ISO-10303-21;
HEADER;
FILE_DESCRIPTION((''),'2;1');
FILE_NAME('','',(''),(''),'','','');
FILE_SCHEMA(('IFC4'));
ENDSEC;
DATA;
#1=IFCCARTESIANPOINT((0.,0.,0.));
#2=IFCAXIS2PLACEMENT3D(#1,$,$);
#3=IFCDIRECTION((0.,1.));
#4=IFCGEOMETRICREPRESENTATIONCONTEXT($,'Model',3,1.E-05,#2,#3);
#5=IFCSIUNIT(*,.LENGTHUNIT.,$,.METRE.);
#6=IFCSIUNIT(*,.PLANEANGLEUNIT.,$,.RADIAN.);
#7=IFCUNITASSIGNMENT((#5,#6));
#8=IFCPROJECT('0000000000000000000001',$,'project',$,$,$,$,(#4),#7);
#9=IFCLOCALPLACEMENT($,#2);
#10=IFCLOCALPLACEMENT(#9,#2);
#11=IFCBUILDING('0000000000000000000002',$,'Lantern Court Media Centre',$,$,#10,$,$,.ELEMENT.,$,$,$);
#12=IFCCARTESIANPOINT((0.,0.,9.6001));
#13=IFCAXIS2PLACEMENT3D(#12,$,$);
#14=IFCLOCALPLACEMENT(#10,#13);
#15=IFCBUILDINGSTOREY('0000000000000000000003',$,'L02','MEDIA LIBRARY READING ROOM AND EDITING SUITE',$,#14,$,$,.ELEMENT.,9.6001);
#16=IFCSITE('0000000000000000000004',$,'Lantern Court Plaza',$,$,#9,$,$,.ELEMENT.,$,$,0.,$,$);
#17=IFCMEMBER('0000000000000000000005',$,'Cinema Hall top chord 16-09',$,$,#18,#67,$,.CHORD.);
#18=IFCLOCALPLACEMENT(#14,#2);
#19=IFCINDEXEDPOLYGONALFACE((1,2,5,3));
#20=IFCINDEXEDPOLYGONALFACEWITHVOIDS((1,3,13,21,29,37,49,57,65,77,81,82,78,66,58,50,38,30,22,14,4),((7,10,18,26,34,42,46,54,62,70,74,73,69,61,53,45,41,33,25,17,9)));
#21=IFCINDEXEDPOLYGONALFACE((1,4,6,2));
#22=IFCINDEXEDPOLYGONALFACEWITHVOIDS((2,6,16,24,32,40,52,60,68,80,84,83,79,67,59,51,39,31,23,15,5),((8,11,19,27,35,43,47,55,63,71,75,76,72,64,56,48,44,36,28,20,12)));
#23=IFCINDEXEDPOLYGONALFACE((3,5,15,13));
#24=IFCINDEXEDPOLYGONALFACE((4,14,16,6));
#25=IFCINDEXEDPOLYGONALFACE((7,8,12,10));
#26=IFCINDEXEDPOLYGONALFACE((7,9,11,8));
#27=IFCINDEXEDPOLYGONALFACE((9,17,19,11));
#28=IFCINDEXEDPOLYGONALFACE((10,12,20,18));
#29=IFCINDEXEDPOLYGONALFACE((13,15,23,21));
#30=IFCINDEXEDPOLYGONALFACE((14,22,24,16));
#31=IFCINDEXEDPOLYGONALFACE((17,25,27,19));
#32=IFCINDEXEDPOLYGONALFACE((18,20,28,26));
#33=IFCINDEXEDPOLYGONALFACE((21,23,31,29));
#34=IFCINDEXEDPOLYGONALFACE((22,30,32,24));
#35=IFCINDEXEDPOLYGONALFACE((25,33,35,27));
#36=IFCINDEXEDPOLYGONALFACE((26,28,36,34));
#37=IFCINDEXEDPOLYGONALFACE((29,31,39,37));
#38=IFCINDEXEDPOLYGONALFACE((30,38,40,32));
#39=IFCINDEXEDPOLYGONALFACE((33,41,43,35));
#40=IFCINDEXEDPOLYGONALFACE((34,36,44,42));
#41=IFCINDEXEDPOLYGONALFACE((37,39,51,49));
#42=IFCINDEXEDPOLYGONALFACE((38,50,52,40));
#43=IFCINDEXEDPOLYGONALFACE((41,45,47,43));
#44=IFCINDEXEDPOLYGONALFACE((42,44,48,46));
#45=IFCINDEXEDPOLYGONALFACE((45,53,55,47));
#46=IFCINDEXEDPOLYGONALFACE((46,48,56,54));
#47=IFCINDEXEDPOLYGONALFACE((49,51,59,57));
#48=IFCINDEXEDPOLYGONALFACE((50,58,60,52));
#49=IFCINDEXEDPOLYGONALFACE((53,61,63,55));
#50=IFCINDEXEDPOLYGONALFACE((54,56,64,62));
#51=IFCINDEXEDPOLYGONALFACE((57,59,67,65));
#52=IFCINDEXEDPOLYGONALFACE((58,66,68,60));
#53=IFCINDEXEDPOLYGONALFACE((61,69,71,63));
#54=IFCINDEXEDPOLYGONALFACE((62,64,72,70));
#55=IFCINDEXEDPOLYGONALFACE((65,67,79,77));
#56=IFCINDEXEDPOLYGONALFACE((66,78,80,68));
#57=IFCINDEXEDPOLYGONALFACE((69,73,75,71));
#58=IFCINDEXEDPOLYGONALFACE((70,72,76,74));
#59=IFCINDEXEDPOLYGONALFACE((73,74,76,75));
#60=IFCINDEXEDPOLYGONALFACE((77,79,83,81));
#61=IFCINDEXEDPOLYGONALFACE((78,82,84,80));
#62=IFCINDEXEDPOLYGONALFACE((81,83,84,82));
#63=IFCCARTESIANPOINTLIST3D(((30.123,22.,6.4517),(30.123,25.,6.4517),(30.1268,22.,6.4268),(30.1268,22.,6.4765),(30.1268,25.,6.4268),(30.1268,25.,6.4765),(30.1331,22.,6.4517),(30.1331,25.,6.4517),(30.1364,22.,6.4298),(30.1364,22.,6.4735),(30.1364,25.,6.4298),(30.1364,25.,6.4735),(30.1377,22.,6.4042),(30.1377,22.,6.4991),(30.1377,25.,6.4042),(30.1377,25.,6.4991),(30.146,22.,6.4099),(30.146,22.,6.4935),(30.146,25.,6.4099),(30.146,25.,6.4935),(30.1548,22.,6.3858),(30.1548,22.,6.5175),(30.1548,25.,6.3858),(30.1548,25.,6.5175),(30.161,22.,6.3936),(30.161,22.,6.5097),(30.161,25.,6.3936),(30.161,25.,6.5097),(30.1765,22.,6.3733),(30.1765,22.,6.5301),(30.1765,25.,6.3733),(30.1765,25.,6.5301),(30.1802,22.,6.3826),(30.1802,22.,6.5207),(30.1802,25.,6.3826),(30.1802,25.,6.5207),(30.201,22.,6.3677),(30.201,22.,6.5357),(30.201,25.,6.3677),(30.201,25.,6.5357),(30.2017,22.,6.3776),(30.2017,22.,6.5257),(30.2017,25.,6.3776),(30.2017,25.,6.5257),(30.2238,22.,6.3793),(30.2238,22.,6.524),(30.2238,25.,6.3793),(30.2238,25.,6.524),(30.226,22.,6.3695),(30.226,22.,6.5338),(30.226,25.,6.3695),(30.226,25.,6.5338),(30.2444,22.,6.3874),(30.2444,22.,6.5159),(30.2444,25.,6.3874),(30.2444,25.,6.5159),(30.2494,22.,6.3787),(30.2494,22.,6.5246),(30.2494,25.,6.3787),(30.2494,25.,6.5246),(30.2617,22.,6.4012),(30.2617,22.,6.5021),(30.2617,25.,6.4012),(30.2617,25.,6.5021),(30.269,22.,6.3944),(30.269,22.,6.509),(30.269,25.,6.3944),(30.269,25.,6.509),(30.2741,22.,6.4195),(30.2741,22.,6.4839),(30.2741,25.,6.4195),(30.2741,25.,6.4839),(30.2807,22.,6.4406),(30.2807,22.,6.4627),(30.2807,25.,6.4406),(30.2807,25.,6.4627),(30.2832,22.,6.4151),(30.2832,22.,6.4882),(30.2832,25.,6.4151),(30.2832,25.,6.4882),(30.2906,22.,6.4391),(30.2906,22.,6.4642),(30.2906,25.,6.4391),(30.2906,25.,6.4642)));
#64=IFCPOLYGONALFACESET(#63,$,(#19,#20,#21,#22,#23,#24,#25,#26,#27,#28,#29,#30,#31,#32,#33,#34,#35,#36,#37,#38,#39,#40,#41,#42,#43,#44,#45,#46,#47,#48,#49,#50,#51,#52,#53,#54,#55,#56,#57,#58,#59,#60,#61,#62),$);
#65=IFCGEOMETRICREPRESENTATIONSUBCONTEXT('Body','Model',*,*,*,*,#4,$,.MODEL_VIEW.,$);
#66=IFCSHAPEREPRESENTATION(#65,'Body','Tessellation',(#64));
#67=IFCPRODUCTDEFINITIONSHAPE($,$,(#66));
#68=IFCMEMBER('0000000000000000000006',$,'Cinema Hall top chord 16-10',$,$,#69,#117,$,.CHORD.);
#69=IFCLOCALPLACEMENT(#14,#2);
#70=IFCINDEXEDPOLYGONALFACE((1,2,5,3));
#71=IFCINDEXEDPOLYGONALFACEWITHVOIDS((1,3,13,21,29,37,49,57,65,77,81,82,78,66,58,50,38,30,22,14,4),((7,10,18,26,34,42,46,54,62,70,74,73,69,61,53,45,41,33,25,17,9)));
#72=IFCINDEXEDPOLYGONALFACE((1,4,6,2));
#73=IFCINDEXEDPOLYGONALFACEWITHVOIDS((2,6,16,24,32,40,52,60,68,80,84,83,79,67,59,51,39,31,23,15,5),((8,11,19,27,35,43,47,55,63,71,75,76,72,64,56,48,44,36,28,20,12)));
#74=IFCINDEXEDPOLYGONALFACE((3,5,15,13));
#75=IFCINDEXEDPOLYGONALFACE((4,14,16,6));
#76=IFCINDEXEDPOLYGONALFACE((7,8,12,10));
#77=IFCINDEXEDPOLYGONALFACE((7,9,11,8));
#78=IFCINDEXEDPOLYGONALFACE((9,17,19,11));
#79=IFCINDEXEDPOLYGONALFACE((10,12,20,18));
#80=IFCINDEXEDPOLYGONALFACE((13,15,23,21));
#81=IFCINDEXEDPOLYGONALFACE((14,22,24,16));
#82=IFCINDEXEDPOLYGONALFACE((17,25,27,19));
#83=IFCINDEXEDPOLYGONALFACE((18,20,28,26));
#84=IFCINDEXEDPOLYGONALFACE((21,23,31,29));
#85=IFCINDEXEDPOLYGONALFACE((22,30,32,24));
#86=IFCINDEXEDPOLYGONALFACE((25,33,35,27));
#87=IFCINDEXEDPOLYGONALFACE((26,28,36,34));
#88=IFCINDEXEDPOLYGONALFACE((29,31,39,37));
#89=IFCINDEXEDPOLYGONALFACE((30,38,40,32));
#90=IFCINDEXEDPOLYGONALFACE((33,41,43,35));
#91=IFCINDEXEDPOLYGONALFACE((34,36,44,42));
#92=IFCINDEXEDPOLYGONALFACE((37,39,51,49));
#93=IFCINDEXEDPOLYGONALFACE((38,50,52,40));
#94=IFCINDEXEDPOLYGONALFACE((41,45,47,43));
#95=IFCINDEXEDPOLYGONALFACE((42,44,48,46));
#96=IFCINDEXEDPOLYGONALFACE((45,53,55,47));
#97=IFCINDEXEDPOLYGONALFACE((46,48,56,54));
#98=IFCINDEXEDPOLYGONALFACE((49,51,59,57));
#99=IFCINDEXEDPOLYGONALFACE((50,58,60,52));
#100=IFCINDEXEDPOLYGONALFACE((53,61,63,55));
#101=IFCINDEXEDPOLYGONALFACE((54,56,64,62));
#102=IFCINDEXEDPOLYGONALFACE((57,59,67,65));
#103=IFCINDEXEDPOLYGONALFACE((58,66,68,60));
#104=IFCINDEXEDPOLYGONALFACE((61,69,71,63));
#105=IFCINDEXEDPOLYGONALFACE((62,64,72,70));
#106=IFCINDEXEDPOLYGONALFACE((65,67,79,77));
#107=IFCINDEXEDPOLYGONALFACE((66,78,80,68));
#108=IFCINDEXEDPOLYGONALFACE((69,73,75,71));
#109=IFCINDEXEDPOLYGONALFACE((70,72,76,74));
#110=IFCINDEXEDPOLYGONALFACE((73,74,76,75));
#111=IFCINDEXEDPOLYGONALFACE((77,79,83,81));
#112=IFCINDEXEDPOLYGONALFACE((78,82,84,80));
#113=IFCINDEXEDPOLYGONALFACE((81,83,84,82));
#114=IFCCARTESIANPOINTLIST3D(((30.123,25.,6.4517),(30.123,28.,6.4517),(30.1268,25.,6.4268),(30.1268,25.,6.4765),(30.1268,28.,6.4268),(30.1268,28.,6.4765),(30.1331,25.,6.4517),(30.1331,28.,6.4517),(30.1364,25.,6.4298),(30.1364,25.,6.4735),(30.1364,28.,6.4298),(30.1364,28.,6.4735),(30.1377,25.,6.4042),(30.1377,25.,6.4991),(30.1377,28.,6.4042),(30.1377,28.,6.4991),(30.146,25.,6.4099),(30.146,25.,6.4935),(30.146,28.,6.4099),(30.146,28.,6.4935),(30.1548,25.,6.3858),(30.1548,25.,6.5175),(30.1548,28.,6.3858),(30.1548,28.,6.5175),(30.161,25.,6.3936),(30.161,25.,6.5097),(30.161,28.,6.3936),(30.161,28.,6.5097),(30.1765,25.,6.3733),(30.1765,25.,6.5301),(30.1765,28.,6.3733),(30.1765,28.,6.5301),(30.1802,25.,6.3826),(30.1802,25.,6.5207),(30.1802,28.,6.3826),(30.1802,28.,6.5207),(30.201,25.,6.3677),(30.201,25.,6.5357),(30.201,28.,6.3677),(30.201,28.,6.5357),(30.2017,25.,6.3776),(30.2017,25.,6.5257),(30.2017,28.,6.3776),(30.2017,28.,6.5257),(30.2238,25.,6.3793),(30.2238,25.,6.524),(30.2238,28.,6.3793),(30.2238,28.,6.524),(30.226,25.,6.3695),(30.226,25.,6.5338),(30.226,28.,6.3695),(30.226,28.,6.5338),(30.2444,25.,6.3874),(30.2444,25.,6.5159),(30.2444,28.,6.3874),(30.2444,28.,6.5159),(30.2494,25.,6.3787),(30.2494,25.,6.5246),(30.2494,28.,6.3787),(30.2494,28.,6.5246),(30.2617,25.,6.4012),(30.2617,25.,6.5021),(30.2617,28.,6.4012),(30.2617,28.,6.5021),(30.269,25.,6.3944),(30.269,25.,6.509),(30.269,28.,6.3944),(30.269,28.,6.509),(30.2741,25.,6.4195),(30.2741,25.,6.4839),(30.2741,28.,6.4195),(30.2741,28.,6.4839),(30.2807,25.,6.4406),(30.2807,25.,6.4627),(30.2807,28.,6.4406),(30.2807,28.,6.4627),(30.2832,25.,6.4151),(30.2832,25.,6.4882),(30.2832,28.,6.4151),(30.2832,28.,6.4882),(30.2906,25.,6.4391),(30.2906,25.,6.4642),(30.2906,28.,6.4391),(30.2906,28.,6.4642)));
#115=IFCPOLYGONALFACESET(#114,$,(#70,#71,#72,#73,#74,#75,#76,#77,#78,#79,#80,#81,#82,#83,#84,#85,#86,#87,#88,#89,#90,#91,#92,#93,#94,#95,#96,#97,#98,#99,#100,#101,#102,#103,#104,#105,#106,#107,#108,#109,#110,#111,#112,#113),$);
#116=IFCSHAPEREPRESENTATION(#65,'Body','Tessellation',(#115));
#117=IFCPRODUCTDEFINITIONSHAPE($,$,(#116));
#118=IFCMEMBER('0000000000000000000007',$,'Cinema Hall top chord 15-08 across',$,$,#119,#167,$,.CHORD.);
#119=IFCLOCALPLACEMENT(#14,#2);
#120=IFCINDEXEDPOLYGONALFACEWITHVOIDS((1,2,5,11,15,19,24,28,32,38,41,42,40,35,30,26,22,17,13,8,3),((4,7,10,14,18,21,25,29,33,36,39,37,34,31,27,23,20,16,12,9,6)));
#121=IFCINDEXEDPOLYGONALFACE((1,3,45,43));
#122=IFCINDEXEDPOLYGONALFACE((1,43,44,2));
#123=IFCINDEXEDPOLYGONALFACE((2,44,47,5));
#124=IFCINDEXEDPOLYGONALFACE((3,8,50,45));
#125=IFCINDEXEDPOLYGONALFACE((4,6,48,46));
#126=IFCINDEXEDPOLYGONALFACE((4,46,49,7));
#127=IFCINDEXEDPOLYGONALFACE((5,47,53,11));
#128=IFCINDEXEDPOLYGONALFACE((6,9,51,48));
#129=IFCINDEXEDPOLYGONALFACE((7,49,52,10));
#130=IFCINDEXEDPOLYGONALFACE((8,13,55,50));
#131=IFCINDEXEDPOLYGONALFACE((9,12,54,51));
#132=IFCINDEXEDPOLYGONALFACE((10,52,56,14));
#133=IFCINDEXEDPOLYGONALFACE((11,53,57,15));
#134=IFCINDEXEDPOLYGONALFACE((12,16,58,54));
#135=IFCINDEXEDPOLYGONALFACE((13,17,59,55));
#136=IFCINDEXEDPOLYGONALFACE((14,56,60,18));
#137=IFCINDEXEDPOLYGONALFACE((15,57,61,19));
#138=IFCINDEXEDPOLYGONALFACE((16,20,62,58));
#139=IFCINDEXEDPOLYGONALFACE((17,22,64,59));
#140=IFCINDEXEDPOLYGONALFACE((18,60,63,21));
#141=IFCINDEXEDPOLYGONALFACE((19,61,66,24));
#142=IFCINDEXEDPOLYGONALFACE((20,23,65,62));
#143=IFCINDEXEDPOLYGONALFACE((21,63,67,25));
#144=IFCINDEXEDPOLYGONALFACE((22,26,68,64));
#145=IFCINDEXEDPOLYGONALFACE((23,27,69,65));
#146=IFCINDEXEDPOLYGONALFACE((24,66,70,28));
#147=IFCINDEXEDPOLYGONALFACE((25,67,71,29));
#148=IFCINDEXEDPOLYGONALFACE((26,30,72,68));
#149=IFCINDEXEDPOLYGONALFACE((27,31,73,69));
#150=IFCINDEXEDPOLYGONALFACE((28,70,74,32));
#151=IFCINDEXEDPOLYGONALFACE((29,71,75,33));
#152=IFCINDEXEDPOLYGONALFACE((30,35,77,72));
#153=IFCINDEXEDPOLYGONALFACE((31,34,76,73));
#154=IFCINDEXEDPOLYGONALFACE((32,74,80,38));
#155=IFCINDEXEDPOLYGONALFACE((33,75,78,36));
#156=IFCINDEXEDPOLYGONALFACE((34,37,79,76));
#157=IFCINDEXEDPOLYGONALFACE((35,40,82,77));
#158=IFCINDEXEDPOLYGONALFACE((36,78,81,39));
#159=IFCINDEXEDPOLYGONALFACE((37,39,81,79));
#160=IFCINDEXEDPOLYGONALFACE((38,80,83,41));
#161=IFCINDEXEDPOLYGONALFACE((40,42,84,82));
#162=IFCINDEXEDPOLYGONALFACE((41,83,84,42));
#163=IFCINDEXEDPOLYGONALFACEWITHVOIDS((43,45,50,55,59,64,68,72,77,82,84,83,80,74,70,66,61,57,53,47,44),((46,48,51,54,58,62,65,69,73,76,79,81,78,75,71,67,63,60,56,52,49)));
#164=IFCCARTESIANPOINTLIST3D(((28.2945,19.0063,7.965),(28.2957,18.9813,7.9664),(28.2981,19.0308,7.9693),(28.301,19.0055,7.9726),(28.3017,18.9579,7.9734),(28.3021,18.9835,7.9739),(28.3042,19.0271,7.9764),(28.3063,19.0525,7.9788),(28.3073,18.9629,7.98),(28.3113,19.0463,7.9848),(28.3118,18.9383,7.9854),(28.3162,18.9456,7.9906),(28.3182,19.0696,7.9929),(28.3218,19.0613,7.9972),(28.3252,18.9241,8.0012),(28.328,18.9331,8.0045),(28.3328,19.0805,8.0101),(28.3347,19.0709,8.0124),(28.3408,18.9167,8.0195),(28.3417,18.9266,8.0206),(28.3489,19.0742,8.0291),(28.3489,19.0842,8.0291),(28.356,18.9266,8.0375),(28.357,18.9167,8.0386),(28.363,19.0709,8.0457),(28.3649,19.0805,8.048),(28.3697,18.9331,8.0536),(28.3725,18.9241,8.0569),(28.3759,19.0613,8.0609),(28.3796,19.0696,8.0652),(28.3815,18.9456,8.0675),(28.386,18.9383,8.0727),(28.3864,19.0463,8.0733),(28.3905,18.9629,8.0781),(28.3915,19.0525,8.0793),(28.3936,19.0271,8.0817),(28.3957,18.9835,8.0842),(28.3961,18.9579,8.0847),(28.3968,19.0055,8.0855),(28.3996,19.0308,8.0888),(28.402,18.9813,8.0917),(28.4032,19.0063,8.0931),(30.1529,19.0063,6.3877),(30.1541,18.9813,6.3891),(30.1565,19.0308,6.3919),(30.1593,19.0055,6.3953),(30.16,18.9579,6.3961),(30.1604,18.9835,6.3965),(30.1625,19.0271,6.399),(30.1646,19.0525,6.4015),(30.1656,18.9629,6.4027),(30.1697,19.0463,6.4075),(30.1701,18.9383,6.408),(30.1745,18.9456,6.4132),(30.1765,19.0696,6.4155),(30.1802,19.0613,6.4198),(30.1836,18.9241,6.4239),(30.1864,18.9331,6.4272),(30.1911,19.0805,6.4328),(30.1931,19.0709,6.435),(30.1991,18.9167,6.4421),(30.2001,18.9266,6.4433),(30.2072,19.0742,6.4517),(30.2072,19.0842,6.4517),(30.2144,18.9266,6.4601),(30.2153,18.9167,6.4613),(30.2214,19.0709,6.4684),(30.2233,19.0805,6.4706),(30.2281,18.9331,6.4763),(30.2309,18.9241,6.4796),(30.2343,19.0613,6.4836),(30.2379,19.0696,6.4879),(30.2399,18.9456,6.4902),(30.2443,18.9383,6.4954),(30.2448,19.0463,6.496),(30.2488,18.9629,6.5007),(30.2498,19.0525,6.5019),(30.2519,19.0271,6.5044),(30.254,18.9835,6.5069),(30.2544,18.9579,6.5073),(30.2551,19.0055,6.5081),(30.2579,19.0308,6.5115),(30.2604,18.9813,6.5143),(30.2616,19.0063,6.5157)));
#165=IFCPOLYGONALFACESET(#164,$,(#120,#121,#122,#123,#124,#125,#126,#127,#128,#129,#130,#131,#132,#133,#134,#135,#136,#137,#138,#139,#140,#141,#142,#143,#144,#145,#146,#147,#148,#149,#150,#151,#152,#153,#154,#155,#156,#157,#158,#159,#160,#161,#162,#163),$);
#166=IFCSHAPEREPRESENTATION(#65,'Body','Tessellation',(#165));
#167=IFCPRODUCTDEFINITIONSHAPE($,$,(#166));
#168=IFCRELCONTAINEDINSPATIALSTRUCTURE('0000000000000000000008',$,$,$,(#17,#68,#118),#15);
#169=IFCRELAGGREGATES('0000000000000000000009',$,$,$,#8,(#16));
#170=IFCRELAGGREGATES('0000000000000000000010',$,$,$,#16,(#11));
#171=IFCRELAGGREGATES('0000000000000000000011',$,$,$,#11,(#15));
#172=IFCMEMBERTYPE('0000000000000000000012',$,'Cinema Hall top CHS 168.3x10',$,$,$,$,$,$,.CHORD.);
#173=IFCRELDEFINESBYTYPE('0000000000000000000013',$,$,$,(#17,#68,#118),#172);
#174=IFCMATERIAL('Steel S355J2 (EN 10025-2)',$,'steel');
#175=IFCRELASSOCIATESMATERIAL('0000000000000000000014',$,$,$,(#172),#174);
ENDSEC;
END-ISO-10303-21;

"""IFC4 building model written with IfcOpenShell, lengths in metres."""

from ifc_helpers import new_model, si_unit, direction, frame, origin, origin_2d, place, context, subcontext, project, spatial, hollow_circle, extrude, material, material_profile, profile_set, type_object, element, save


model = new_model("IFC4")

# Units and contexts
model_context = context("Model", 3, precision=1e-05, world=origin(), true_north=direction((0.0, 1.0)))
body_context = subcontext(model_context, "Body", "Model", "MODEL_VIEW")
ifc_project = project(units=[si_unit("LENGTHUNIT", "METRE"), si_unit("PLANEANGLEUNIT", "RADIAN")], contexts=[model_context])

# Site, building, storey
site_placement = place(None, origin())
site = spatial("IfcSite", under=ifc_project, at=site_placement, Name="Lantern Court Plaza", CompositionType="ELEMENT", RefElevation=0.0)
building_placement = place(site_placement, origin())
building = spatial("IfcBuilding", under=site, at=building_placement, Name="Lantern Court Media Centre", CompositionType="ELEMENT")
storey_placement = place(building_placement, frame((0.0, 0.0, 9.6001)))
storey = spatial("IfcBuildingStorey", under=building, at=storey_placement, Name="L02", Description="MEDIA LIBRARY READING ROOM AND EDITING SUITE", CompositionType="ELEMENT", Elevation=9.6001)

# Members
ifc_material = material(Name="Steel S355J2 (EN 10025-2)", Category="steel")
ifc_material_profile_1 = material_profile(ifc_material, hollow_circle(Radius=0.0842, WallThickness=0.01, at=origin_2d()), Name="Cinema Hall top CHS 168.3x10")
ifc_profile_set_1 = profile_set([ifc_material_profile_1], Name="Steel S355J2 (EN 10025-2)")
member_type_1 = type_object("IfcMemberType", Name="Cinema Hall top CHS 168.3x10", PredefinedType="CHORD", material=ifc_profile_set_1)
for number, where, z_axis, x_axis, name in (
    (1, (30.2073, 22.0, 6.4517), (0.0, 1.0, 0.0), (-1.0, 0.0, 0.0), "Cinema Hall top chord 16-09"),
    (2, (30.2073, 25.0, 6.4517), (0.0, 1.0, 0.0), (-1.0, 0.0, 0.0), "Cinema Hall top chord 16-10"),
):
    element("IfcMember", number, at=place(storey_placement, frame(where, z_axis=z_axis, x_axis=x_axis)), inside=storey, type_object=member_type_1, Name=name, PredefinedType="CHORD", context=body_context, shape_type="SweptSolid", body=[
        extrude(hollow_circle(Radius=0.0842, WallThickness=0.01, at=origin_2d()), origin(), (0.0, 0.0, 1.0), 3.0),
    ])
for number, where, z_axis, x_axis, name in (
    (3, (28.3489, 19.0, 8.0291), (0.762394, 0.0, -0.647113), (0.0, 1.0, 0.0), "Cinema Hall top chord 15-08 across"),
):
    element("IfcMember", number, at=place(storey_placement, frame(where, z_axis=z_axis, x_axis=x_axis)), inside=storey, type_object=member_type_1, Name=name, PredefinedType="CHORD", context=body_context, shape_type="SweptSolid", body=[
        extrude(hollow_circle(Radius=0.0842, WallThickness=0.01, at=origin_2d()), origin(), (0.0, 0.0, 1.0), 2.4375),
    ])

save(model, "model.ifc")
